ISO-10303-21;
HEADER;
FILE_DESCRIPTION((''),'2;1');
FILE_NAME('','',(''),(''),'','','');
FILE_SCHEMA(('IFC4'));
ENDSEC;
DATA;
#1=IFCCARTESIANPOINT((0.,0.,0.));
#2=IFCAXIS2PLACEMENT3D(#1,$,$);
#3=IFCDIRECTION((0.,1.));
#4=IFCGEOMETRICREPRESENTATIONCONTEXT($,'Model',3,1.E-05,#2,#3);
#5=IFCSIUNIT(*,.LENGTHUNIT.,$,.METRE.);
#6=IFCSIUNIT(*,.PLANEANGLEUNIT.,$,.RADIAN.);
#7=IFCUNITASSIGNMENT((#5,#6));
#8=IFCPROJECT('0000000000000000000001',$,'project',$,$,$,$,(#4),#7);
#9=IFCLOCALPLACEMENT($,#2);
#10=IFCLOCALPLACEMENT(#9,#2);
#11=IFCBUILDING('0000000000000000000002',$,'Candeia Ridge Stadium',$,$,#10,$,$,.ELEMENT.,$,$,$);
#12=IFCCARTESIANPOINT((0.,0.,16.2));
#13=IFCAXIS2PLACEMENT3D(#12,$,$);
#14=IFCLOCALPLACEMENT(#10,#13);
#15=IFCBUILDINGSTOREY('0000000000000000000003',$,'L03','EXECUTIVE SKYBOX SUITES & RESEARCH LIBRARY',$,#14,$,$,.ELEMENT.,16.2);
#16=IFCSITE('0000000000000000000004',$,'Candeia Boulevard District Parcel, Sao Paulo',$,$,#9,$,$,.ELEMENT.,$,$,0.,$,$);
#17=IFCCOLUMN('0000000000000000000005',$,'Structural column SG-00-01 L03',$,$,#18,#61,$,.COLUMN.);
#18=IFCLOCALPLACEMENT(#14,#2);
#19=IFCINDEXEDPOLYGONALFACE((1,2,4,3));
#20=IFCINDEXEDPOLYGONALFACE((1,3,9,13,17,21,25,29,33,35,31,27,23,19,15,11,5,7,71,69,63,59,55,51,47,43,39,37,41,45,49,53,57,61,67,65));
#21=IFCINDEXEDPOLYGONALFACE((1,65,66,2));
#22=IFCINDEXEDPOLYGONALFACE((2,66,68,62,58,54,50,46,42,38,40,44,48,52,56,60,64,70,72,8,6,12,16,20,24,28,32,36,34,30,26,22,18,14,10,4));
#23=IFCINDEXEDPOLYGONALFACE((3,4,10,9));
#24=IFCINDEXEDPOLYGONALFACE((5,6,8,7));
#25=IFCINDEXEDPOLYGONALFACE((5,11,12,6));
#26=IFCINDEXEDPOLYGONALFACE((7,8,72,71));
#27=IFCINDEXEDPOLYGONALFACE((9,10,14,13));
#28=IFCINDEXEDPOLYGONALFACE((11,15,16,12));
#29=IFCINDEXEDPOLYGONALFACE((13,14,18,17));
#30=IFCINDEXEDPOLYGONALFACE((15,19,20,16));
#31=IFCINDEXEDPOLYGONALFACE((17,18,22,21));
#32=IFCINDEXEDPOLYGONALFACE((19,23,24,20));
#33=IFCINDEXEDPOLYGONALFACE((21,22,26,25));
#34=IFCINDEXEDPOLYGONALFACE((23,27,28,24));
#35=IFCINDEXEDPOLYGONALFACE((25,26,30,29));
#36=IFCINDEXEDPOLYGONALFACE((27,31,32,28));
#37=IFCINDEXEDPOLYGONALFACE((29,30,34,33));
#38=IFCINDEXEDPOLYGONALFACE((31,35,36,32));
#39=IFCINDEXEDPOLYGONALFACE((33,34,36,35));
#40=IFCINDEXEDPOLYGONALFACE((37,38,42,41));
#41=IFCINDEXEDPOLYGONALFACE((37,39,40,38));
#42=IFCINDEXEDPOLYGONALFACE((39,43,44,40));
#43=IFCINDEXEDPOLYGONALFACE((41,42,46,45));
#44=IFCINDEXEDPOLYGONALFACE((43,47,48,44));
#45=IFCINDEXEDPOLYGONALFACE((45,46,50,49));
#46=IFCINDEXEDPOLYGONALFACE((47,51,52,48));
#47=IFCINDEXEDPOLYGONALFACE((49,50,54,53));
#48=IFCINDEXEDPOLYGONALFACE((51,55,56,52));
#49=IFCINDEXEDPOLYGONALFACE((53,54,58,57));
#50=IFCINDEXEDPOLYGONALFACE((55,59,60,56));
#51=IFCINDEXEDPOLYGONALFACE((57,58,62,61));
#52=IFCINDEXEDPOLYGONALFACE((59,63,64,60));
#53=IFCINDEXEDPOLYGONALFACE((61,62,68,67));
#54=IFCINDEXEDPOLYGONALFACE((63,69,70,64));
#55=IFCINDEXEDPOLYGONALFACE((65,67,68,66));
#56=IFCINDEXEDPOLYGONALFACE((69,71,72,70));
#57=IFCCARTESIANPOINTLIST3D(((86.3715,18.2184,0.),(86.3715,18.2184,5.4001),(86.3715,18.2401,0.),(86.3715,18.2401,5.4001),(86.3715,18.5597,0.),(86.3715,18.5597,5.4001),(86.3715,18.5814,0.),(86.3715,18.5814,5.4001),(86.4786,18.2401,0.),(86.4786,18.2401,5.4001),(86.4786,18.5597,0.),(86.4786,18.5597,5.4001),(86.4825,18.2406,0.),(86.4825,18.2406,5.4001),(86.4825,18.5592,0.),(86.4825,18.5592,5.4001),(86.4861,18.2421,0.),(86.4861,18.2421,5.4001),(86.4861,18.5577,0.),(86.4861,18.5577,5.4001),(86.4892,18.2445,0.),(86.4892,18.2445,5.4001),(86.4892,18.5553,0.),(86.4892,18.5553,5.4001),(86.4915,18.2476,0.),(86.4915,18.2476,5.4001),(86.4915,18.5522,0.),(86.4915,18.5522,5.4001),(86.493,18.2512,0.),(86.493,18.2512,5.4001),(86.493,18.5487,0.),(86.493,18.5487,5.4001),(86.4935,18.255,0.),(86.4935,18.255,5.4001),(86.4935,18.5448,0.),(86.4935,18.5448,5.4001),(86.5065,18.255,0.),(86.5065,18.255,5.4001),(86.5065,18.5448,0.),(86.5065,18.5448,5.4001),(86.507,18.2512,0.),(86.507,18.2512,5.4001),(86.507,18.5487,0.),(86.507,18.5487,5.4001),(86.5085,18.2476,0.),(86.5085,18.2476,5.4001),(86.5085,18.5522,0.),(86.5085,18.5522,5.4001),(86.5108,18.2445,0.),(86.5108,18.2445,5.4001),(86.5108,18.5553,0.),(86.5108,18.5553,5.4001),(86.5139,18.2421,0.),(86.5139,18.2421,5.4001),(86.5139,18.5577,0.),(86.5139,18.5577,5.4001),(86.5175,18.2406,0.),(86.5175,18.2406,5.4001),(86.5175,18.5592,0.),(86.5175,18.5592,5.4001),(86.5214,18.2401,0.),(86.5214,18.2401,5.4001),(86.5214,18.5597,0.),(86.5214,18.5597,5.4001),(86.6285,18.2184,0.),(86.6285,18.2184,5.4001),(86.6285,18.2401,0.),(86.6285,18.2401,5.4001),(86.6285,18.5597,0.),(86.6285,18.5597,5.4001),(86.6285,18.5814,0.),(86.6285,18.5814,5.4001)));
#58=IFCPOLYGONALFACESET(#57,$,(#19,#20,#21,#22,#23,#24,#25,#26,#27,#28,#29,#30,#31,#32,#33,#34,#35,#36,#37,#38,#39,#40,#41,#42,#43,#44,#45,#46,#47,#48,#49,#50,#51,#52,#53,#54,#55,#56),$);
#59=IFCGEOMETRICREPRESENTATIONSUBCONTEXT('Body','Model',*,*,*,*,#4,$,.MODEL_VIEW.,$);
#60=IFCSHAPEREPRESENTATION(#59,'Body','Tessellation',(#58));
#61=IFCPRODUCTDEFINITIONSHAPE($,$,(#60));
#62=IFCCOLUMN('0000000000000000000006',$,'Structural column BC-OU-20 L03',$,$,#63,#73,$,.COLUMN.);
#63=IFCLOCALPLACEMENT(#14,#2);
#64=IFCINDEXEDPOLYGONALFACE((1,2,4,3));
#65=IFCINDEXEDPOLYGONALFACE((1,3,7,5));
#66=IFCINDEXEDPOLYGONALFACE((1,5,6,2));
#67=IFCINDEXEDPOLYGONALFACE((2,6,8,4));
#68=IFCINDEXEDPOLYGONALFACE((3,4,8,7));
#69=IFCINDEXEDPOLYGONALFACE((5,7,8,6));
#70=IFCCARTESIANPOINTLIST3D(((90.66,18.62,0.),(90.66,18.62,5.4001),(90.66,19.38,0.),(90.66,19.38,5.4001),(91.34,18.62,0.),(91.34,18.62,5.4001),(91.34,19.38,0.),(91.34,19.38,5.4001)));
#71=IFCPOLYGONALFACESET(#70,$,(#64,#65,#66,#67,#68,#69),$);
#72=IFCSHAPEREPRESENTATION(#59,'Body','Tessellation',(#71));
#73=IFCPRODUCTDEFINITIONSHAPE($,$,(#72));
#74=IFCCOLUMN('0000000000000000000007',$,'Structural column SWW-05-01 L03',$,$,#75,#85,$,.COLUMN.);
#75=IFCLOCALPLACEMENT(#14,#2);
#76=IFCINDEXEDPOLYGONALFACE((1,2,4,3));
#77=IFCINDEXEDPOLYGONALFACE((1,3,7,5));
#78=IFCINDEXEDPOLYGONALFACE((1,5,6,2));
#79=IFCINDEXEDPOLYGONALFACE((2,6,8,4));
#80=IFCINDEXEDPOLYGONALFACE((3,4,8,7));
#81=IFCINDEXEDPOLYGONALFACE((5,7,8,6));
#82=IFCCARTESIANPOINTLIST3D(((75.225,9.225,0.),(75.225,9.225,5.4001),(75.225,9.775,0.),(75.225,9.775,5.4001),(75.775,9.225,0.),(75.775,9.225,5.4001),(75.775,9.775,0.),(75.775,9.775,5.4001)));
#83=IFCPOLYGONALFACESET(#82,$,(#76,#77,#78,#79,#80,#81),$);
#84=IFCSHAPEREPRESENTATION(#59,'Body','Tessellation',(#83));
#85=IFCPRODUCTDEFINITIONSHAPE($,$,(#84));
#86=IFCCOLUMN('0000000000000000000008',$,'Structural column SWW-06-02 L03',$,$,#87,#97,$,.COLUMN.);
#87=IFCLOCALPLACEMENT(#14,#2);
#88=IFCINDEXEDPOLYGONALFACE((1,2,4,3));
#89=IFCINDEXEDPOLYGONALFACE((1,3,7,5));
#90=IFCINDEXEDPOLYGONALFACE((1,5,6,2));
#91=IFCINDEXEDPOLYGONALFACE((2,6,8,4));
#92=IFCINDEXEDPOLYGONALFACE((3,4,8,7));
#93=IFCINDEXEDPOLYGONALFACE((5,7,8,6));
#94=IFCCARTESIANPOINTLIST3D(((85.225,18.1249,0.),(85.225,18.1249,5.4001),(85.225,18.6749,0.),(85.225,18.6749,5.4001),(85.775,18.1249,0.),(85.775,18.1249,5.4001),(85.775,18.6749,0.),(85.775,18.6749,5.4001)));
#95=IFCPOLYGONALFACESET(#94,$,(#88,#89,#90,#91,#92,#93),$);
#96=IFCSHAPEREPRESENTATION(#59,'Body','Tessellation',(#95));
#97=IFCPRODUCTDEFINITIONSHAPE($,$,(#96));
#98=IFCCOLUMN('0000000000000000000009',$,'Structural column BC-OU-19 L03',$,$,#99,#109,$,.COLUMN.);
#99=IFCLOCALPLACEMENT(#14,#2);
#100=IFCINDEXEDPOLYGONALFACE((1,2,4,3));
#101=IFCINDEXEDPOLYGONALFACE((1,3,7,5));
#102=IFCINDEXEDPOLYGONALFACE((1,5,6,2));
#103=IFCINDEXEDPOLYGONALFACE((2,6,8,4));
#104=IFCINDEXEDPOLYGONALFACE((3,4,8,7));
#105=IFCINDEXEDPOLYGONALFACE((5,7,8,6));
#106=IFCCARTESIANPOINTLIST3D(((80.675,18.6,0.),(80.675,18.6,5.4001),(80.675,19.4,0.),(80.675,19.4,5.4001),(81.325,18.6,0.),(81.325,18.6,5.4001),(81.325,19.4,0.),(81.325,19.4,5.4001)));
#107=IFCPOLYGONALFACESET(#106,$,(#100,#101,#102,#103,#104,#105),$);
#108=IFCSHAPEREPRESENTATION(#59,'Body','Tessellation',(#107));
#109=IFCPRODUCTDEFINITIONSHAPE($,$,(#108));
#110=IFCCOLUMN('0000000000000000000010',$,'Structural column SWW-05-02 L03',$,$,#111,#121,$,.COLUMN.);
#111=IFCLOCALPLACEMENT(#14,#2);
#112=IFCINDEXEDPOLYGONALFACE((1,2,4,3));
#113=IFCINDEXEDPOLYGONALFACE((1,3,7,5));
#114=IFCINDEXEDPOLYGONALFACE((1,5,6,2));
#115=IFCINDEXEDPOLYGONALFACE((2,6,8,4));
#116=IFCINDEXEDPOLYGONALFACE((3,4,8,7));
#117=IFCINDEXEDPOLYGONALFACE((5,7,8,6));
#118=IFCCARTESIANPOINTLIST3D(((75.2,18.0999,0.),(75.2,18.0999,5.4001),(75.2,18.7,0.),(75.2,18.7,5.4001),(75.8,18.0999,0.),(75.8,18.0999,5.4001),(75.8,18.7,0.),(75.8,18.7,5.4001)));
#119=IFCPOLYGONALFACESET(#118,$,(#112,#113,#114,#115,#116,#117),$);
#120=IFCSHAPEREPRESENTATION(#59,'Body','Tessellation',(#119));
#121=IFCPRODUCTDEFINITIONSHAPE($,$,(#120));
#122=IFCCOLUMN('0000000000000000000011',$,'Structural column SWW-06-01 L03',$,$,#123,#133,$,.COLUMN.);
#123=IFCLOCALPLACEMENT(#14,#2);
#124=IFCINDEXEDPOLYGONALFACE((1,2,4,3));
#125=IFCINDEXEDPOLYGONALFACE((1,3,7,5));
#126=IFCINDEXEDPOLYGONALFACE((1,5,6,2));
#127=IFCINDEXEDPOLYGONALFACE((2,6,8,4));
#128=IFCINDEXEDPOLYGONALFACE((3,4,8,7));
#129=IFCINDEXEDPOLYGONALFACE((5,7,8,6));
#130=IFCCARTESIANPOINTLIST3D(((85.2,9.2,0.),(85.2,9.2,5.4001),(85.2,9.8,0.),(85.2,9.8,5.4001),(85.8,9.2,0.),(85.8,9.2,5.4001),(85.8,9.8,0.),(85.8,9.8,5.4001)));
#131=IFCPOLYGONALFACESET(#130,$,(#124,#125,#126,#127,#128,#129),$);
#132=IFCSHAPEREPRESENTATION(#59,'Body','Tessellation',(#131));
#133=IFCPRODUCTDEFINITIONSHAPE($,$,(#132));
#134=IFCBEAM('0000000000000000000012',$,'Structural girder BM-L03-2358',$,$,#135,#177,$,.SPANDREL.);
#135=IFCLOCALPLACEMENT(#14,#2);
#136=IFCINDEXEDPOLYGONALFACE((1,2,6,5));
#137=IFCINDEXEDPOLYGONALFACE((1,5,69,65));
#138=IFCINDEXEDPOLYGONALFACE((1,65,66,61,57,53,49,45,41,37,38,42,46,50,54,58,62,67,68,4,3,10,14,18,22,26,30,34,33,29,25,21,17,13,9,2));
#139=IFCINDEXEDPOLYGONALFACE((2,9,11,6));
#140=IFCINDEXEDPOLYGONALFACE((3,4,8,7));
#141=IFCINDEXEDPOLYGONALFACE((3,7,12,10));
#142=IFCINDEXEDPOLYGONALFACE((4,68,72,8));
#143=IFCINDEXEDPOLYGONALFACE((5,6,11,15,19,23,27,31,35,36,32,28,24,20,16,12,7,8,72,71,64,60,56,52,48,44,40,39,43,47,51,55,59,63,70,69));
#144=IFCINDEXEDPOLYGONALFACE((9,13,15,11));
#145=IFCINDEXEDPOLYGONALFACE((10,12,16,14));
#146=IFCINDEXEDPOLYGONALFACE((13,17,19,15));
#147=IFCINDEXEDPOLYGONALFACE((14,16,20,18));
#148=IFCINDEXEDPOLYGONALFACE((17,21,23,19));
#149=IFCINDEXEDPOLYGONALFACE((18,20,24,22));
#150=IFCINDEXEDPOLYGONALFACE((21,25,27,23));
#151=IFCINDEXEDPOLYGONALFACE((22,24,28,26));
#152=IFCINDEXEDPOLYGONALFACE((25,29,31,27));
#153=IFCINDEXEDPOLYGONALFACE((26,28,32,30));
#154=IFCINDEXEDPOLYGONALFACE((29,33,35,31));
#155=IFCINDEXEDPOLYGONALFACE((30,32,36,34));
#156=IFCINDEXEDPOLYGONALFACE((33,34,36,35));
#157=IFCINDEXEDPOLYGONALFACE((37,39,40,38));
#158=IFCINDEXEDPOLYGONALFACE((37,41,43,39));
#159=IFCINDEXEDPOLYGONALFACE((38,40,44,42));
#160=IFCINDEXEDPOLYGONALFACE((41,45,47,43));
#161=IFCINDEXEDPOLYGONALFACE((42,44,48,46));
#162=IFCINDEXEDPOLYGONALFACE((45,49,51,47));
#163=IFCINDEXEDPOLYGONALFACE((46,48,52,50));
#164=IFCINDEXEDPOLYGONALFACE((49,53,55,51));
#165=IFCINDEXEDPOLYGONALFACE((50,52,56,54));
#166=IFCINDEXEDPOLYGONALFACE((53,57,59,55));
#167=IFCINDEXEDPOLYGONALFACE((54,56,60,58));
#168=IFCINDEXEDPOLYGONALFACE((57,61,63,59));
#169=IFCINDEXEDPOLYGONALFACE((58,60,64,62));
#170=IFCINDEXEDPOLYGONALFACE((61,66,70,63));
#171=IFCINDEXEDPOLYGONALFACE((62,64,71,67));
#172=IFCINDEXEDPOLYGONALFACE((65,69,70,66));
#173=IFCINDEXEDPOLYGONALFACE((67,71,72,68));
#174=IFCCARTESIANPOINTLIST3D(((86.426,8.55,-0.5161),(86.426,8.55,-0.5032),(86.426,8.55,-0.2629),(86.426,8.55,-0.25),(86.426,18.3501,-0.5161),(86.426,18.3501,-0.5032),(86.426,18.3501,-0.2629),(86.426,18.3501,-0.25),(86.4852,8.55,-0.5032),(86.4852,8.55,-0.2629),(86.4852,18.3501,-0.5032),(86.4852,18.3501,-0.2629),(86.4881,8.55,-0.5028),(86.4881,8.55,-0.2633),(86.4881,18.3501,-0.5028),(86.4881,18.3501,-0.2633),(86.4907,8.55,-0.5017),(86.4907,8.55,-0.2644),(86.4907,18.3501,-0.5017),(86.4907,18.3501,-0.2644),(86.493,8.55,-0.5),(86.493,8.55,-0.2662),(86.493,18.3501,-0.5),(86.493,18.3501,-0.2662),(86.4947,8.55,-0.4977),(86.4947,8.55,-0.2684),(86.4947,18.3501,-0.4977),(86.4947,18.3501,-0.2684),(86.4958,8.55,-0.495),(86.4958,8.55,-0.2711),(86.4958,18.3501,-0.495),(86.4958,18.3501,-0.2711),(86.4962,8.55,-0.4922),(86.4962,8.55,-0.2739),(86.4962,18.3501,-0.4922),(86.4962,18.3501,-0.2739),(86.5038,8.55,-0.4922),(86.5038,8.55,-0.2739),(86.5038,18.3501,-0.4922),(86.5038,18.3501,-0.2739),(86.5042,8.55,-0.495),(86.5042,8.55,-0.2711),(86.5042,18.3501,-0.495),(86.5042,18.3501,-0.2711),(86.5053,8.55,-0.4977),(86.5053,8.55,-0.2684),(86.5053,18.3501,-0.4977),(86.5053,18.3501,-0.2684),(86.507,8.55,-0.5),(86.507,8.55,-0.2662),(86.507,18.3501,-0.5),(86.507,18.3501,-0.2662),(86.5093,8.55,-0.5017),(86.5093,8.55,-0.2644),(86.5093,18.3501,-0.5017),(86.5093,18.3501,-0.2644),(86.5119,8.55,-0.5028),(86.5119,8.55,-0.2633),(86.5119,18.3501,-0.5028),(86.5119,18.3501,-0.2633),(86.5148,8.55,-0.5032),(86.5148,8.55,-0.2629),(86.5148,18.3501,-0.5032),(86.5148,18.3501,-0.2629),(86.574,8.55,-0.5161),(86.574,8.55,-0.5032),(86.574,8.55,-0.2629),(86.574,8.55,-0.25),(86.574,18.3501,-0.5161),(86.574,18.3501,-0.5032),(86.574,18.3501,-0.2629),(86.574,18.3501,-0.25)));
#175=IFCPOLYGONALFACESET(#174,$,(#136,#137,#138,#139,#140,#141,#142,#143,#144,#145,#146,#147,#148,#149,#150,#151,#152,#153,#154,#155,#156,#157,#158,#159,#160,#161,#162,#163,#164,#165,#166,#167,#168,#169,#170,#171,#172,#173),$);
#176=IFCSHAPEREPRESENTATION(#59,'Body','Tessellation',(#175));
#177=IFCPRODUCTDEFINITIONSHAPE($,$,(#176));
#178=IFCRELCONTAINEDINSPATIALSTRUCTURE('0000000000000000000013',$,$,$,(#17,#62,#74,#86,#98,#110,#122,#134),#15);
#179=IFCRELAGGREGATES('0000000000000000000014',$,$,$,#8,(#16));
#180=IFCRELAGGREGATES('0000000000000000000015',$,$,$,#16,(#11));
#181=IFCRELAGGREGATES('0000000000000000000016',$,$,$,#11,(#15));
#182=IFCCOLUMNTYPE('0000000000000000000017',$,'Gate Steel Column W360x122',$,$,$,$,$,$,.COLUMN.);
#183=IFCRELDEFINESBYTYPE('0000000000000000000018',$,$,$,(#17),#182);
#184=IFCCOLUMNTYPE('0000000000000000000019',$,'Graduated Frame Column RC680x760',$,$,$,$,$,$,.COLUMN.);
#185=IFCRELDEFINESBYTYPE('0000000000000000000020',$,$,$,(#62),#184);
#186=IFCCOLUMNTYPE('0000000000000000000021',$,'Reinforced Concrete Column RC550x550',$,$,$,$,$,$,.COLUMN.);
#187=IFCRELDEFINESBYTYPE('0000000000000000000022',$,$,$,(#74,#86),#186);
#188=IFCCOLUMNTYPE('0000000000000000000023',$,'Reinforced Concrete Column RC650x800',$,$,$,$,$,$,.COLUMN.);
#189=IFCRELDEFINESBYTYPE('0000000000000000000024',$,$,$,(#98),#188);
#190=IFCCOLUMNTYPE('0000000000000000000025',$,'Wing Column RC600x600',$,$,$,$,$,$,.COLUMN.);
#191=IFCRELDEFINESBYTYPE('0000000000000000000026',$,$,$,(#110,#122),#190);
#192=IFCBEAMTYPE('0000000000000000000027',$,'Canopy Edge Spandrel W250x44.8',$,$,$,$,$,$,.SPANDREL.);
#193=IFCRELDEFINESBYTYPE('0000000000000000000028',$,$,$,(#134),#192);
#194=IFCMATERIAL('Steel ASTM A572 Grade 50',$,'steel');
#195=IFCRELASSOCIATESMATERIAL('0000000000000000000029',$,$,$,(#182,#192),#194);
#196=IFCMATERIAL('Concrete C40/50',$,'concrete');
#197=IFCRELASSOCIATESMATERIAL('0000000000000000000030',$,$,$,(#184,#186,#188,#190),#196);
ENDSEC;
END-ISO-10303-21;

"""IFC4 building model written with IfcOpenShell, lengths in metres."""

from ifc_helpers import new_model, si_unit, direction, frame, origin, origin_2d, place, context, subcontext, project, spatial, rectangle, i_section, extrude, material, material_profile, profile_set, type_object, element, save


model = new_model("IFC4")

# Units and contexts
model_context = context("Model", 3, precision=1e-05, world=origin(), true_north=direction((0.0, 1.0)))
body_context = subcontext(model_context, "Body", "Model", "MODEL_VIEW")
ifc_project = project(units=[si_unit("LENGTHUNIT", "METRE"), si_unit("PLANEANGLEUNIT", "RADIAN")], contexts=[model_context])

# Site, building, storey
site_placement = place(None, origin())
site = spatial("IfcSite", under=ifc_project, at=site_placement, Name="Candeia Boulevard District Parcel, Sao Paulo", CompositionType="ELEMENT", RefElevation=0.0)
building_placement = place(site_placement, origin())
building = spatial("IfcBuilding", under=site, at=building_placement, Name="Candeia Ridge Stadium", CompositionType="ELEMENT")
storey_placement = place(building_placement, frame((0.0, 0.0, 16.2)))
storey = spatial("IfcBuildingStorey", under=building, at=storey_placement, Name="L03", Description="EXECUTIVE SKYBOX SUITES & RESEARCH LIBRARY", CompositionType="ELEMENT", Elevation=16.2)

# Columns
ifc_material_1 = material(Name="Steel ASTM A572 Grade 50", Category="steel")
ifc_material_profile_1 = material_profile(ifc_material_1, i_section(OverallWidth=0.2571, OverallDepth=0.363, WebThickness=0.0129, FlangeThickness=0.0217, FilletRadius=0.0149, at=origin_2d()), Name="W360x122", Category="steel")
ifc_profile_set_1 = profile_set([ifc_material_profile_1], Name="Steel ASTM A572 Grade 50")
column_type_1 = type_object("IfcColumnType", Name="Gate Steel Column W360x122", PredefinedType="COLUMN", material=ifc_profile_set_1)
column_1_placement = place(storey_placement, frame((86.5, 18.3999, 0.0), z_axis=(0.0, 0.0, 1.0), x_axis=(1.0, 0.0, 0.0)))
element("IfcColumn", 1, at=column_1_placement, inside=storey, type_object=column_type_1, Name="Structural column SG-00-01 L03", PredefinedType="COLUMN", context=body_context, shape_type="SweptSolid", body=[
    extrude(i_section(OverallWidth=0.2571, OverallDepth=0.363, WebThickness=0.0129, FlangeThickness=0.0217, FilletRadius=0.0149, at=origin_2d()), origin(), (0.0, 0.0, 1.0), 5.4001),
])
ifc_material_2 = material(Name="Concrete C40/50", Category="concrete")
ifc_material_profile_2 = material_profile(ifc_material_2, rectangle(XDim=0.6799, YDim=0.76, at=origin_2d()), Name="RC680x760", Category="concrete")
ifc_profile_set_2 = profile_set([ifc_material_profile_2], Name="Concrete C40/50")
column_type_2 = type_object("IfcColumnType", Name="Graduated Frame Column RC680x760", PredefinedType="COLUMN", material=ifc_profile_set_2)
column_2_placement = place(storey_placement, frame((91.0, 19.0, 0.0), z_axis=(0.0, 0.0, 1.0), x_axis=(1.0, 0.0, 0.0)))
element("IfcColumn", 2, at=column_2_placement, inside=storey, type_object=column_type_2, Name="Structural column BC-OU-20 L03", PredefinedType="COLUMN", context=body_context, shape_type="SweptSolid", body=[
    extrude(rectangle(XDim=0.6799, YDim=0.76, at=origin_2d()), origin(), (0.0, 0.0, 1.0), 5.4001),
])
ifc_material_profile_3 = material_profile(ifc_material_2, rectangle(XDim=0.55, YDim=0.55, at=origin_2d()), Name="RC550x550", Category="concrete")
ifc_profile_set_3 = profile_set([ifc_material_profile_3], Name="Concrete C40/50")
column_type_3 = type_object("IfcColumnType", Name="Reinforced Concrete Column RC550x550", PredefinedType="COLUMN", material=ifc_profile_set_3)
for number, where, z_axis, x_axis, name in (
    (3, (75.5, 9.5, 0.0), (0.0, 0.0, 1.0), (1.0, 0.0, 0.0), "Structural column SWW-05-01 L03"),
    (4, (85.5, 18.3999, 0.0), (0.0, 0.0, 1.0), (1.0, 0.0, 0.0), "Structural column SWW-06-02 L03"),
):
    element("IfcColumn", number, at=place(storey_placement, frame(where, z_axis=z_axis, x_axis=x_axis)), inside=storey, type_object=column_type_3, Name=name, PredefinedType="COLUMN", context=body_context, shape_type="SweptSolid", body=[
        extrude(rectangle(XDim=0.55, YDim=0.55, at=origin_2d()), origin(), (0.0, 0.0, 1.0), 5.4001),
    ])
ifc_material_profile_4 = material_profile(ifc_material_2, rectangle(XDim=0.6499, YDim=0.8, at=origin_2d()), Name="RC650x800", Category="concrete")
ifc_profile_set_4 = profile_set([ifc_material_profile_4], Name="Concrete C40/50")
column_type_4 = type_object("IfcColumnType", Name="Reinforced Concrete Column RC650x800", PredefinedType="COLUMN", material=ifc_profile_set_4)
column_3_placement = place(storey_placement, frame((81.0, 19.0, 0.0), z_axis=(0.0, 0.0, 1.0), x_axis=(1.0, 0.0, 0.0)))
element("IfcColumn", 5, at=column_3_placement, inside=storey, type_object=column_type_4, Name="Structural column BC-OU-19 L03", PredefinedType="COLUMN", context=body_context, shape_type="SweptSolid", body=[
    extrude(rectangle(XDim=0.6499, YDim=0.8, at=origin_2d()), origin(), (0.0, 0.0, 1.0), 5.4001),
])
ifc_material_profile_5 = material_profile(ifc_material_2, rectangle(XDim=0.6001, YDim=0.6001, at=origin_2d()), Name="RC600x600", Category="concrete")
ifc_profile_set_5 = profile_set([ifc_material_profile_5], Name="Concrete C40/50")
column_type_5 = type_object("IfcColumnType", Name="Wing Column RC600x600", PredefinedType="COLUMN", material=ifc_profile_set_5)
for number, where, z_axis, x_axis, name in (
    (6, (75.5, 18.3999, 0.0), (0.0, 0.0, 1.0), (1.0, 0.0, 0.0), "Structural column SWW-05-02 L03"),
    (7, (85.5, 9.5, 0.0), (0.0, 0.0, 1.0), (1.0, 0.0, 0.0), "Structural column SWW-06-01 L03"),
):
    element("IfcColumn", number, at=place(storey_placement, frame(where, z_axis=z_axis, x_axis=x_axis)), inside=storey, type_object=column_type_5, Name=name, PredefinedType="COLUMN", context=body_context, shape_type="SweptSolid", body=[
        extrude(rectangle(XDim=0.6001, YDim=0.6001, at=origin_2d()), origin(), (0.0, 0.0, 1.0), 5.4001),
    ])

# Beam
ifc_material_profile_6 = material_profile(ifc_material_1, i_section(OverallWidth=0.1479, OverallDepth=0.2661, WebThickness=0.0076, FlangeThickness=0.0129, FilletRadius=0.011, at=origin_2d()), Name="W250x44.8", Category="steel")
ifc_profile_set_6 = profile_set([ifc_material_profile_6], Name="Steel ASTM A572 Grade 50")
beam_type_1 = type_object("IfcBeamType", Name="Canopy Edge Spandrel W250x44.8", PredefinedType="SPANDREL", material=ifc_profile_set_6)
beam_1_placement = place(storey_placement, frame((86.5, 8.55, -0.3831), z_axis=(0.0, 1.0, 0.0), x_axis=(-1.0, 0.0, 0.0)))
element("IfcBeam", 8, at=beam_1_placement, inside=storey, type_object=beam_type_1, Name="Structural girder BM-L03-2358", PredefinedType="SPANDREL", context=body_context, shape_type="SweptSolid", body=[
    extrude(i_section(OverallWidth=0.1479, OverallDepth=0.2661, WebThickness=0.0076, FlangeThickness=0.0129, FilletRadius=0.011, at=origin_2d()), origin(), (0.0, 0.0, 1.0), 9.8),
])

save(model, "model.ifc")
